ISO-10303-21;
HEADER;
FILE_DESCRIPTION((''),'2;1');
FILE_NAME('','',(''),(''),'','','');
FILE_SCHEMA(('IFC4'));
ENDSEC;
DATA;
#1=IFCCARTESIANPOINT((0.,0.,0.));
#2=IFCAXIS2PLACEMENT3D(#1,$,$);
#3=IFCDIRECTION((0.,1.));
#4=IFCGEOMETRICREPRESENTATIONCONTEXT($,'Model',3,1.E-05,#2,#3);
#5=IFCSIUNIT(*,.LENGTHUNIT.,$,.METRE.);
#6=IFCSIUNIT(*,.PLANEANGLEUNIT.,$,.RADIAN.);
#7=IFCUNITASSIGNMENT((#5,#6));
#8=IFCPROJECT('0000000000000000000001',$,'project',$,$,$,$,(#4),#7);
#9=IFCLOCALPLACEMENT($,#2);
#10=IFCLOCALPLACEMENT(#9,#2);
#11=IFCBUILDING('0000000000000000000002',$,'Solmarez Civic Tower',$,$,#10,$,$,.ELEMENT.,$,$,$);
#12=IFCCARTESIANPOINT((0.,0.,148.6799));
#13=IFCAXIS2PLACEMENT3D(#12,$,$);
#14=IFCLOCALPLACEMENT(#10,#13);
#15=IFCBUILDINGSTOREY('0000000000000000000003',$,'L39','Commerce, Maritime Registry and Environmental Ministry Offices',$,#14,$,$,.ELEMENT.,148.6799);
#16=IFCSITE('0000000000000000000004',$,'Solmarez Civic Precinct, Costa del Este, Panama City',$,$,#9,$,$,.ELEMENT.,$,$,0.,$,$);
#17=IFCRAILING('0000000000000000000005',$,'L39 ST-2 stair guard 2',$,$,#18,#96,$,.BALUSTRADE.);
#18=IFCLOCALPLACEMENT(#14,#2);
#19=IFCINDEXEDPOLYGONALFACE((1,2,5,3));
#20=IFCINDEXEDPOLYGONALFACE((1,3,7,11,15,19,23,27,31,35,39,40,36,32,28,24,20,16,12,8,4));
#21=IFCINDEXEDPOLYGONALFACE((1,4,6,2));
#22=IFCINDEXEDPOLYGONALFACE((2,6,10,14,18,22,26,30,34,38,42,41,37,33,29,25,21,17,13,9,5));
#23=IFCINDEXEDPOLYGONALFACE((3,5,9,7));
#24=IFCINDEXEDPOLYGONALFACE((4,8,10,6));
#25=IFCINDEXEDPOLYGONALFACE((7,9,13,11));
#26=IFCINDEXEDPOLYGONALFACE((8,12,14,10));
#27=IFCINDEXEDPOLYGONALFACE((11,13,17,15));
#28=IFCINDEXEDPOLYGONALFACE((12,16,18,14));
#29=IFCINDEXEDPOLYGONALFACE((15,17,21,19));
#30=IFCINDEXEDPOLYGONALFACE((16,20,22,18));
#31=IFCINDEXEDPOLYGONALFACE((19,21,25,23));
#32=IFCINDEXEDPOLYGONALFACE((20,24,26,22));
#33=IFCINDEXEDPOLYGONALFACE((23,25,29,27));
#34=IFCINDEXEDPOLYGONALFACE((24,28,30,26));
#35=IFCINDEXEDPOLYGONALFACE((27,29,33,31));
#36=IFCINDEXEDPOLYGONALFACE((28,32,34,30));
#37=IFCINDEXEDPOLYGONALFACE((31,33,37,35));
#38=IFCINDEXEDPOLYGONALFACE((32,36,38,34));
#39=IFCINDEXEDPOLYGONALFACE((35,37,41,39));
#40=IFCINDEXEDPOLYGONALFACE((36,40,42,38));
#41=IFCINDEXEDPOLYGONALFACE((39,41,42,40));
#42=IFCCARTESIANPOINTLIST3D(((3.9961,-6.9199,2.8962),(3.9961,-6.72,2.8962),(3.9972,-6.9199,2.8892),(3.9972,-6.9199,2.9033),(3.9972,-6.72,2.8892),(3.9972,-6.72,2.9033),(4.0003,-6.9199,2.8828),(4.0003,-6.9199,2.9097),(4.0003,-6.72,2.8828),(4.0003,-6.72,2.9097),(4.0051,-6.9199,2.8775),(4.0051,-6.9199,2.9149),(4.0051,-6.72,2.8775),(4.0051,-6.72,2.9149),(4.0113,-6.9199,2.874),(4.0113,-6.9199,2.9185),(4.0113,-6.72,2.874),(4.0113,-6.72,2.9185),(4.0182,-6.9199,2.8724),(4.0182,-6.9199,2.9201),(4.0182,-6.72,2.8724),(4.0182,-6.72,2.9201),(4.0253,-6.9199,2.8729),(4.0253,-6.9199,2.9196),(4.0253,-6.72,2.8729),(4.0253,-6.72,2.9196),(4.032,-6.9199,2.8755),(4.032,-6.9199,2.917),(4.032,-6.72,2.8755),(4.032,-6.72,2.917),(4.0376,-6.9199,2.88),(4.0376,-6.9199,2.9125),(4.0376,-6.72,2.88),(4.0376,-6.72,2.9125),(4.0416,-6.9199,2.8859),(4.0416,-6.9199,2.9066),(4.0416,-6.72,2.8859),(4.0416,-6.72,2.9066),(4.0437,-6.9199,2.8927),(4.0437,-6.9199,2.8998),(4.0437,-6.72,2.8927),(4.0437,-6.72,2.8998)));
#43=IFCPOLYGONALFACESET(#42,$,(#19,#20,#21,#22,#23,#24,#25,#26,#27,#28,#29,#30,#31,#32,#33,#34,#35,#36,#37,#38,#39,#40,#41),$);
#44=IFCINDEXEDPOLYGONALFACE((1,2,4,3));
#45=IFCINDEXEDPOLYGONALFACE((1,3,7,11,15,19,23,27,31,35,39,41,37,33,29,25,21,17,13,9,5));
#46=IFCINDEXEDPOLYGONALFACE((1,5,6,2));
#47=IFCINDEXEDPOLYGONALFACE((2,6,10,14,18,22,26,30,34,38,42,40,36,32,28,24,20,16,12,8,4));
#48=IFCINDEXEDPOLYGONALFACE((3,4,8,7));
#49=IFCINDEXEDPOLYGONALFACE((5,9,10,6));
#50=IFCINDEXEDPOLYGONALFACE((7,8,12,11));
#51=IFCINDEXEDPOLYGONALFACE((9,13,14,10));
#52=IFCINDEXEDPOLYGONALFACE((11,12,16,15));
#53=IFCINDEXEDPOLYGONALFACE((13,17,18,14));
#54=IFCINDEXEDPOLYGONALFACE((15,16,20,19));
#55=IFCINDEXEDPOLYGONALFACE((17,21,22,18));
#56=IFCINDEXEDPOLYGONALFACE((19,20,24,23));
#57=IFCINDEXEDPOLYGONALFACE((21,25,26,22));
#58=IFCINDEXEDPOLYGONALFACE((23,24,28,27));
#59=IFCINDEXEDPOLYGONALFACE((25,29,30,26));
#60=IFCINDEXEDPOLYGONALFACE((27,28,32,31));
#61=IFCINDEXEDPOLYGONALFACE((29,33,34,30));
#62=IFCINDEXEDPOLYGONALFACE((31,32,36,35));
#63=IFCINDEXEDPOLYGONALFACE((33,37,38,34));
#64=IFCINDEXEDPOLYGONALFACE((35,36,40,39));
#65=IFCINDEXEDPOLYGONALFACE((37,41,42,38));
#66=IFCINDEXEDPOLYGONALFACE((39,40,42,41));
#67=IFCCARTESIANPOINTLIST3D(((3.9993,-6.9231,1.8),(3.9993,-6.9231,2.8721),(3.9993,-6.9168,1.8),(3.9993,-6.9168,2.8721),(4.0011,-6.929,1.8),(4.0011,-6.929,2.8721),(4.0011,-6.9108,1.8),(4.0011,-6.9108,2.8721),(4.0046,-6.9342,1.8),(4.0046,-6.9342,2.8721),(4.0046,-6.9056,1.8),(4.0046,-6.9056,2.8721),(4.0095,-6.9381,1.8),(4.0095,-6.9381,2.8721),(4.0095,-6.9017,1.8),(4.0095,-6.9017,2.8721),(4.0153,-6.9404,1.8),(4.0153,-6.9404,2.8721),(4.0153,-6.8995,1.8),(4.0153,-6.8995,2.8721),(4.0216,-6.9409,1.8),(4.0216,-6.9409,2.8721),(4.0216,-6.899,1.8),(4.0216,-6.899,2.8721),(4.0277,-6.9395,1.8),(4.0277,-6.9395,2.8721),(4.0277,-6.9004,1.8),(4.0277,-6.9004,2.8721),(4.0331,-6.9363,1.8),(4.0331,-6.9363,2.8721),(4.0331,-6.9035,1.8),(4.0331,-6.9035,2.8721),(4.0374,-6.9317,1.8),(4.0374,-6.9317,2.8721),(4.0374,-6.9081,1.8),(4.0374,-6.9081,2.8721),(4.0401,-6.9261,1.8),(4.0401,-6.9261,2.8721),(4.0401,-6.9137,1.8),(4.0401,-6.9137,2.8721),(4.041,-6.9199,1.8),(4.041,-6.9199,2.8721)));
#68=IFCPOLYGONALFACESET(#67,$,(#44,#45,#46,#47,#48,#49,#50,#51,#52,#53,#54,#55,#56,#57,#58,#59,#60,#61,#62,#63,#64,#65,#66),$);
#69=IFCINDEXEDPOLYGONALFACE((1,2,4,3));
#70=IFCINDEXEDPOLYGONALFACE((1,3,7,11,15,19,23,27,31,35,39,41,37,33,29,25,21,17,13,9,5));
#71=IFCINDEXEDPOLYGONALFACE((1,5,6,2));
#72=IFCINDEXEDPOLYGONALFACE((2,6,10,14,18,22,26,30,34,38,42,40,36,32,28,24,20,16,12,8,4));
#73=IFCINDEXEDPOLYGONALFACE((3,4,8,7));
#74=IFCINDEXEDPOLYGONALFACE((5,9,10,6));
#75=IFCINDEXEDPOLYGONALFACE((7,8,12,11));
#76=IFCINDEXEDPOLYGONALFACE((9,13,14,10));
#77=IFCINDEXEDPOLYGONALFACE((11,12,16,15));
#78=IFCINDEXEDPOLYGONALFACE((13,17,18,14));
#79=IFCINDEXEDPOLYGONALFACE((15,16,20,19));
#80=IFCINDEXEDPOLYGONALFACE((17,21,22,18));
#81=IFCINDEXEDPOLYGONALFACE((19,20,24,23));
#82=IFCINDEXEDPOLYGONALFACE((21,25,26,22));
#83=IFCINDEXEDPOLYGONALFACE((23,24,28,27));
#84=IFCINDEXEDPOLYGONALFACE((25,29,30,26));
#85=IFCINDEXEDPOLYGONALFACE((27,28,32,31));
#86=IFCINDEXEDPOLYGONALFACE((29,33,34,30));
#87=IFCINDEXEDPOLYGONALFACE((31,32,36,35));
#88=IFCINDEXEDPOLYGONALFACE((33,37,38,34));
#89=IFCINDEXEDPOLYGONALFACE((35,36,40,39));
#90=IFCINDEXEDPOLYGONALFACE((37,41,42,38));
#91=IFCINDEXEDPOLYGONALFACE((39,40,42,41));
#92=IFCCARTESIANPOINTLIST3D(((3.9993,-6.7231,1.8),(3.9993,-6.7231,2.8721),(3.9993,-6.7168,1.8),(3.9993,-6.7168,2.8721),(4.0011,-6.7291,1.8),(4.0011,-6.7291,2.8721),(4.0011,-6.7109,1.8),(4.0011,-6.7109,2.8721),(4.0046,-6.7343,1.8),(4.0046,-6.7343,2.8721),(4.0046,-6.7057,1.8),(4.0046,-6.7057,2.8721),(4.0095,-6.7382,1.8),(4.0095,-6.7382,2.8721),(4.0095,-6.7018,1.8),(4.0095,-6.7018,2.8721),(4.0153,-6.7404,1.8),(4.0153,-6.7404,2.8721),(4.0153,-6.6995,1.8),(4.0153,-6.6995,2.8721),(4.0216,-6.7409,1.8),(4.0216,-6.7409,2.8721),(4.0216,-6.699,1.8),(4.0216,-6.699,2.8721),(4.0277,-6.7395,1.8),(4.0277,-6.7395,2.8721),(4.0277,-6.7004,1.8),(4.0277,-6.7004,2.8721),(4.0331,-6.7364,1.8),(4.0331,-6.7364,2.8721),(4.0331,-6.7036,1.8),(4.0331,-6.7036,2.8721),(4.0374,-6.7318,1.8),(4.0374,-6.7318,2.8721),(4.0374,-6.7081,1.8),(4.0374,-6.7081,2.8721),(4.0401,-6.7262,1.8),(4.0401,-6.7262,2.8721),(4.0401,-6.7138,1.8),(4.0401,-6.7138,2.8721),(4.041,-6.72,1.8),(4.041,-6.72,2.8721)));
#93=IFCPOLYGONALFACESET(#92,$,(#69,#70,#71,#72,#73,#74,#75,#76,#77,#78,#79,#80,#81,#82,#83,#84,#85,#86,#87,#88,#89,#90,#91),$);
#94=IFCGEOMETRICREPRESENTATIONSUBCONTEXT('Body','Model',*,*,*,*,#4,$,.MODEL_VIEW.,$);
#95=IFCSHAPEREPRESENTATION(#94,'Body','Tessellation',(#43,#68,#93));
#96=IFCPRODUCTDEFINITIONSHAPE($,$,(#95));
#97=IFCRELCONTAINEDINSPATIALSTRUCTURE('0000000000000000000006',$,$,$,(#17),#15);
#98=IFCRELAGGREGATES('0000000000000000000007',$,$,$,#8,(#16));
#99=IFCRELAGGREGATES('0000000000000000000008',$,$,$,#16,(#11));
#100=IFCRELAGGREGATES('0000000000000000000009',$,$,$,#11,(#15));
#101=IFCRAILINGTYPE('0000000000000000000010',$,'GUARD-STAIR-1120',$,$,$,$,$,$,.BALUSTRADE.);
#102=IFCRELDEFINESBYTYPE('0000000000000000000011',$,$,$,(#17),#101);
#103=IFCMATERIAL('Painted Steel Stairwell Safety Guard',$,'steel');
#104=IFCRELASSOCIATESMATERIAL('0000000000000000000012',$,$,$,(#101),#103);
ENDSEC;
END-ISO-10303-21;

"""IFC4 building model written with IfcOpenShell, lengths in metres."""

from ifc_helpers import new_model, si_unit, direction, frame, origin, origin_2d, place, context, subcontext, project, spatial, circle, extrude, material, type_object, element, save


model = new_model("IFC4")

# Units and contexts
model_context = context("Model", 3, precision=1e-05, world=origin(), true_north=direction((0.0, 1.0)))
body_context = subcontext(model_context, "Body", "Model", "MODEL_VIEW")
ifc_project = project(units=[si_unit("LENGTHUNIT", "METRE"), si_unit("PLANEANGLEUNIT", "RADIAN")], contexts=[model_context])

# Site, building, storey
site_placement = place(None, origin())
site = spatial("IfcSite", under=ifc_project, at=site_placement, Name="Solmarez Civic Precinct, Costa del Este, Panama City", CompositionType="ELEMENT", RefElevation=0.0)
building_placement = place(site_placement, origin())
building = spatial("IfcBuilding", under=site, at=building_placement, Name="Solmarez Civic Tower", CompositionType="ELEMENT")
storey_placement = place(building_placement, frame((0.0, 0.0, 148.6799)))
storey = spatial("IfcBuildingStorey", under=building, at=storey_placement, Name="L39", Description="Commerce, Maritime Registry and Environmental Ministry Offices", CompositionType="ELEMENT", Elevation=148.6799)

# Railing
ifc_material_1 = material(Name="Painted Steel Stairwell Safety Guard", Category="steel")
railing_type_1 = type_object("IfcRailingType", Name="GUARD-STAIR-1120", PredefinedType="BALUSTRADE", material=ifc_material_1)
railing_1_placement = place(storey_placement, frame((4.02, -6.9199, 1.8)))
element("IfcRailing", 1, at=railing_1_placement, inside=storey, type_object=railing_type_1, Name="L39 ST-2 stair guard 2", PredefinedType="BALUSTRADE", context=body_context, shape_type="SweptSolid", body=[
    extrude(circle(Radius=0.0239, at=origin_2d()), frame((0.0, 0.0, 1.0962), z_axis=(0.0, 1.0, 0.0), x_axis=(-1.0, 0.0, 0.0)), (0.0, 0.0, 1.0), 0.2),
    extrude(circle(Radius=0.021, at=origin_2d()), origin(), (0.0, 0.0, 1.0), 1.072),
    extrude(circle(Radius=0.021, at=origin_2d()), frame((0.0, 0.2, 0.0)), (0.0, 0.0, 1.0), 1.072),
])

save(model, "model.ifc")
